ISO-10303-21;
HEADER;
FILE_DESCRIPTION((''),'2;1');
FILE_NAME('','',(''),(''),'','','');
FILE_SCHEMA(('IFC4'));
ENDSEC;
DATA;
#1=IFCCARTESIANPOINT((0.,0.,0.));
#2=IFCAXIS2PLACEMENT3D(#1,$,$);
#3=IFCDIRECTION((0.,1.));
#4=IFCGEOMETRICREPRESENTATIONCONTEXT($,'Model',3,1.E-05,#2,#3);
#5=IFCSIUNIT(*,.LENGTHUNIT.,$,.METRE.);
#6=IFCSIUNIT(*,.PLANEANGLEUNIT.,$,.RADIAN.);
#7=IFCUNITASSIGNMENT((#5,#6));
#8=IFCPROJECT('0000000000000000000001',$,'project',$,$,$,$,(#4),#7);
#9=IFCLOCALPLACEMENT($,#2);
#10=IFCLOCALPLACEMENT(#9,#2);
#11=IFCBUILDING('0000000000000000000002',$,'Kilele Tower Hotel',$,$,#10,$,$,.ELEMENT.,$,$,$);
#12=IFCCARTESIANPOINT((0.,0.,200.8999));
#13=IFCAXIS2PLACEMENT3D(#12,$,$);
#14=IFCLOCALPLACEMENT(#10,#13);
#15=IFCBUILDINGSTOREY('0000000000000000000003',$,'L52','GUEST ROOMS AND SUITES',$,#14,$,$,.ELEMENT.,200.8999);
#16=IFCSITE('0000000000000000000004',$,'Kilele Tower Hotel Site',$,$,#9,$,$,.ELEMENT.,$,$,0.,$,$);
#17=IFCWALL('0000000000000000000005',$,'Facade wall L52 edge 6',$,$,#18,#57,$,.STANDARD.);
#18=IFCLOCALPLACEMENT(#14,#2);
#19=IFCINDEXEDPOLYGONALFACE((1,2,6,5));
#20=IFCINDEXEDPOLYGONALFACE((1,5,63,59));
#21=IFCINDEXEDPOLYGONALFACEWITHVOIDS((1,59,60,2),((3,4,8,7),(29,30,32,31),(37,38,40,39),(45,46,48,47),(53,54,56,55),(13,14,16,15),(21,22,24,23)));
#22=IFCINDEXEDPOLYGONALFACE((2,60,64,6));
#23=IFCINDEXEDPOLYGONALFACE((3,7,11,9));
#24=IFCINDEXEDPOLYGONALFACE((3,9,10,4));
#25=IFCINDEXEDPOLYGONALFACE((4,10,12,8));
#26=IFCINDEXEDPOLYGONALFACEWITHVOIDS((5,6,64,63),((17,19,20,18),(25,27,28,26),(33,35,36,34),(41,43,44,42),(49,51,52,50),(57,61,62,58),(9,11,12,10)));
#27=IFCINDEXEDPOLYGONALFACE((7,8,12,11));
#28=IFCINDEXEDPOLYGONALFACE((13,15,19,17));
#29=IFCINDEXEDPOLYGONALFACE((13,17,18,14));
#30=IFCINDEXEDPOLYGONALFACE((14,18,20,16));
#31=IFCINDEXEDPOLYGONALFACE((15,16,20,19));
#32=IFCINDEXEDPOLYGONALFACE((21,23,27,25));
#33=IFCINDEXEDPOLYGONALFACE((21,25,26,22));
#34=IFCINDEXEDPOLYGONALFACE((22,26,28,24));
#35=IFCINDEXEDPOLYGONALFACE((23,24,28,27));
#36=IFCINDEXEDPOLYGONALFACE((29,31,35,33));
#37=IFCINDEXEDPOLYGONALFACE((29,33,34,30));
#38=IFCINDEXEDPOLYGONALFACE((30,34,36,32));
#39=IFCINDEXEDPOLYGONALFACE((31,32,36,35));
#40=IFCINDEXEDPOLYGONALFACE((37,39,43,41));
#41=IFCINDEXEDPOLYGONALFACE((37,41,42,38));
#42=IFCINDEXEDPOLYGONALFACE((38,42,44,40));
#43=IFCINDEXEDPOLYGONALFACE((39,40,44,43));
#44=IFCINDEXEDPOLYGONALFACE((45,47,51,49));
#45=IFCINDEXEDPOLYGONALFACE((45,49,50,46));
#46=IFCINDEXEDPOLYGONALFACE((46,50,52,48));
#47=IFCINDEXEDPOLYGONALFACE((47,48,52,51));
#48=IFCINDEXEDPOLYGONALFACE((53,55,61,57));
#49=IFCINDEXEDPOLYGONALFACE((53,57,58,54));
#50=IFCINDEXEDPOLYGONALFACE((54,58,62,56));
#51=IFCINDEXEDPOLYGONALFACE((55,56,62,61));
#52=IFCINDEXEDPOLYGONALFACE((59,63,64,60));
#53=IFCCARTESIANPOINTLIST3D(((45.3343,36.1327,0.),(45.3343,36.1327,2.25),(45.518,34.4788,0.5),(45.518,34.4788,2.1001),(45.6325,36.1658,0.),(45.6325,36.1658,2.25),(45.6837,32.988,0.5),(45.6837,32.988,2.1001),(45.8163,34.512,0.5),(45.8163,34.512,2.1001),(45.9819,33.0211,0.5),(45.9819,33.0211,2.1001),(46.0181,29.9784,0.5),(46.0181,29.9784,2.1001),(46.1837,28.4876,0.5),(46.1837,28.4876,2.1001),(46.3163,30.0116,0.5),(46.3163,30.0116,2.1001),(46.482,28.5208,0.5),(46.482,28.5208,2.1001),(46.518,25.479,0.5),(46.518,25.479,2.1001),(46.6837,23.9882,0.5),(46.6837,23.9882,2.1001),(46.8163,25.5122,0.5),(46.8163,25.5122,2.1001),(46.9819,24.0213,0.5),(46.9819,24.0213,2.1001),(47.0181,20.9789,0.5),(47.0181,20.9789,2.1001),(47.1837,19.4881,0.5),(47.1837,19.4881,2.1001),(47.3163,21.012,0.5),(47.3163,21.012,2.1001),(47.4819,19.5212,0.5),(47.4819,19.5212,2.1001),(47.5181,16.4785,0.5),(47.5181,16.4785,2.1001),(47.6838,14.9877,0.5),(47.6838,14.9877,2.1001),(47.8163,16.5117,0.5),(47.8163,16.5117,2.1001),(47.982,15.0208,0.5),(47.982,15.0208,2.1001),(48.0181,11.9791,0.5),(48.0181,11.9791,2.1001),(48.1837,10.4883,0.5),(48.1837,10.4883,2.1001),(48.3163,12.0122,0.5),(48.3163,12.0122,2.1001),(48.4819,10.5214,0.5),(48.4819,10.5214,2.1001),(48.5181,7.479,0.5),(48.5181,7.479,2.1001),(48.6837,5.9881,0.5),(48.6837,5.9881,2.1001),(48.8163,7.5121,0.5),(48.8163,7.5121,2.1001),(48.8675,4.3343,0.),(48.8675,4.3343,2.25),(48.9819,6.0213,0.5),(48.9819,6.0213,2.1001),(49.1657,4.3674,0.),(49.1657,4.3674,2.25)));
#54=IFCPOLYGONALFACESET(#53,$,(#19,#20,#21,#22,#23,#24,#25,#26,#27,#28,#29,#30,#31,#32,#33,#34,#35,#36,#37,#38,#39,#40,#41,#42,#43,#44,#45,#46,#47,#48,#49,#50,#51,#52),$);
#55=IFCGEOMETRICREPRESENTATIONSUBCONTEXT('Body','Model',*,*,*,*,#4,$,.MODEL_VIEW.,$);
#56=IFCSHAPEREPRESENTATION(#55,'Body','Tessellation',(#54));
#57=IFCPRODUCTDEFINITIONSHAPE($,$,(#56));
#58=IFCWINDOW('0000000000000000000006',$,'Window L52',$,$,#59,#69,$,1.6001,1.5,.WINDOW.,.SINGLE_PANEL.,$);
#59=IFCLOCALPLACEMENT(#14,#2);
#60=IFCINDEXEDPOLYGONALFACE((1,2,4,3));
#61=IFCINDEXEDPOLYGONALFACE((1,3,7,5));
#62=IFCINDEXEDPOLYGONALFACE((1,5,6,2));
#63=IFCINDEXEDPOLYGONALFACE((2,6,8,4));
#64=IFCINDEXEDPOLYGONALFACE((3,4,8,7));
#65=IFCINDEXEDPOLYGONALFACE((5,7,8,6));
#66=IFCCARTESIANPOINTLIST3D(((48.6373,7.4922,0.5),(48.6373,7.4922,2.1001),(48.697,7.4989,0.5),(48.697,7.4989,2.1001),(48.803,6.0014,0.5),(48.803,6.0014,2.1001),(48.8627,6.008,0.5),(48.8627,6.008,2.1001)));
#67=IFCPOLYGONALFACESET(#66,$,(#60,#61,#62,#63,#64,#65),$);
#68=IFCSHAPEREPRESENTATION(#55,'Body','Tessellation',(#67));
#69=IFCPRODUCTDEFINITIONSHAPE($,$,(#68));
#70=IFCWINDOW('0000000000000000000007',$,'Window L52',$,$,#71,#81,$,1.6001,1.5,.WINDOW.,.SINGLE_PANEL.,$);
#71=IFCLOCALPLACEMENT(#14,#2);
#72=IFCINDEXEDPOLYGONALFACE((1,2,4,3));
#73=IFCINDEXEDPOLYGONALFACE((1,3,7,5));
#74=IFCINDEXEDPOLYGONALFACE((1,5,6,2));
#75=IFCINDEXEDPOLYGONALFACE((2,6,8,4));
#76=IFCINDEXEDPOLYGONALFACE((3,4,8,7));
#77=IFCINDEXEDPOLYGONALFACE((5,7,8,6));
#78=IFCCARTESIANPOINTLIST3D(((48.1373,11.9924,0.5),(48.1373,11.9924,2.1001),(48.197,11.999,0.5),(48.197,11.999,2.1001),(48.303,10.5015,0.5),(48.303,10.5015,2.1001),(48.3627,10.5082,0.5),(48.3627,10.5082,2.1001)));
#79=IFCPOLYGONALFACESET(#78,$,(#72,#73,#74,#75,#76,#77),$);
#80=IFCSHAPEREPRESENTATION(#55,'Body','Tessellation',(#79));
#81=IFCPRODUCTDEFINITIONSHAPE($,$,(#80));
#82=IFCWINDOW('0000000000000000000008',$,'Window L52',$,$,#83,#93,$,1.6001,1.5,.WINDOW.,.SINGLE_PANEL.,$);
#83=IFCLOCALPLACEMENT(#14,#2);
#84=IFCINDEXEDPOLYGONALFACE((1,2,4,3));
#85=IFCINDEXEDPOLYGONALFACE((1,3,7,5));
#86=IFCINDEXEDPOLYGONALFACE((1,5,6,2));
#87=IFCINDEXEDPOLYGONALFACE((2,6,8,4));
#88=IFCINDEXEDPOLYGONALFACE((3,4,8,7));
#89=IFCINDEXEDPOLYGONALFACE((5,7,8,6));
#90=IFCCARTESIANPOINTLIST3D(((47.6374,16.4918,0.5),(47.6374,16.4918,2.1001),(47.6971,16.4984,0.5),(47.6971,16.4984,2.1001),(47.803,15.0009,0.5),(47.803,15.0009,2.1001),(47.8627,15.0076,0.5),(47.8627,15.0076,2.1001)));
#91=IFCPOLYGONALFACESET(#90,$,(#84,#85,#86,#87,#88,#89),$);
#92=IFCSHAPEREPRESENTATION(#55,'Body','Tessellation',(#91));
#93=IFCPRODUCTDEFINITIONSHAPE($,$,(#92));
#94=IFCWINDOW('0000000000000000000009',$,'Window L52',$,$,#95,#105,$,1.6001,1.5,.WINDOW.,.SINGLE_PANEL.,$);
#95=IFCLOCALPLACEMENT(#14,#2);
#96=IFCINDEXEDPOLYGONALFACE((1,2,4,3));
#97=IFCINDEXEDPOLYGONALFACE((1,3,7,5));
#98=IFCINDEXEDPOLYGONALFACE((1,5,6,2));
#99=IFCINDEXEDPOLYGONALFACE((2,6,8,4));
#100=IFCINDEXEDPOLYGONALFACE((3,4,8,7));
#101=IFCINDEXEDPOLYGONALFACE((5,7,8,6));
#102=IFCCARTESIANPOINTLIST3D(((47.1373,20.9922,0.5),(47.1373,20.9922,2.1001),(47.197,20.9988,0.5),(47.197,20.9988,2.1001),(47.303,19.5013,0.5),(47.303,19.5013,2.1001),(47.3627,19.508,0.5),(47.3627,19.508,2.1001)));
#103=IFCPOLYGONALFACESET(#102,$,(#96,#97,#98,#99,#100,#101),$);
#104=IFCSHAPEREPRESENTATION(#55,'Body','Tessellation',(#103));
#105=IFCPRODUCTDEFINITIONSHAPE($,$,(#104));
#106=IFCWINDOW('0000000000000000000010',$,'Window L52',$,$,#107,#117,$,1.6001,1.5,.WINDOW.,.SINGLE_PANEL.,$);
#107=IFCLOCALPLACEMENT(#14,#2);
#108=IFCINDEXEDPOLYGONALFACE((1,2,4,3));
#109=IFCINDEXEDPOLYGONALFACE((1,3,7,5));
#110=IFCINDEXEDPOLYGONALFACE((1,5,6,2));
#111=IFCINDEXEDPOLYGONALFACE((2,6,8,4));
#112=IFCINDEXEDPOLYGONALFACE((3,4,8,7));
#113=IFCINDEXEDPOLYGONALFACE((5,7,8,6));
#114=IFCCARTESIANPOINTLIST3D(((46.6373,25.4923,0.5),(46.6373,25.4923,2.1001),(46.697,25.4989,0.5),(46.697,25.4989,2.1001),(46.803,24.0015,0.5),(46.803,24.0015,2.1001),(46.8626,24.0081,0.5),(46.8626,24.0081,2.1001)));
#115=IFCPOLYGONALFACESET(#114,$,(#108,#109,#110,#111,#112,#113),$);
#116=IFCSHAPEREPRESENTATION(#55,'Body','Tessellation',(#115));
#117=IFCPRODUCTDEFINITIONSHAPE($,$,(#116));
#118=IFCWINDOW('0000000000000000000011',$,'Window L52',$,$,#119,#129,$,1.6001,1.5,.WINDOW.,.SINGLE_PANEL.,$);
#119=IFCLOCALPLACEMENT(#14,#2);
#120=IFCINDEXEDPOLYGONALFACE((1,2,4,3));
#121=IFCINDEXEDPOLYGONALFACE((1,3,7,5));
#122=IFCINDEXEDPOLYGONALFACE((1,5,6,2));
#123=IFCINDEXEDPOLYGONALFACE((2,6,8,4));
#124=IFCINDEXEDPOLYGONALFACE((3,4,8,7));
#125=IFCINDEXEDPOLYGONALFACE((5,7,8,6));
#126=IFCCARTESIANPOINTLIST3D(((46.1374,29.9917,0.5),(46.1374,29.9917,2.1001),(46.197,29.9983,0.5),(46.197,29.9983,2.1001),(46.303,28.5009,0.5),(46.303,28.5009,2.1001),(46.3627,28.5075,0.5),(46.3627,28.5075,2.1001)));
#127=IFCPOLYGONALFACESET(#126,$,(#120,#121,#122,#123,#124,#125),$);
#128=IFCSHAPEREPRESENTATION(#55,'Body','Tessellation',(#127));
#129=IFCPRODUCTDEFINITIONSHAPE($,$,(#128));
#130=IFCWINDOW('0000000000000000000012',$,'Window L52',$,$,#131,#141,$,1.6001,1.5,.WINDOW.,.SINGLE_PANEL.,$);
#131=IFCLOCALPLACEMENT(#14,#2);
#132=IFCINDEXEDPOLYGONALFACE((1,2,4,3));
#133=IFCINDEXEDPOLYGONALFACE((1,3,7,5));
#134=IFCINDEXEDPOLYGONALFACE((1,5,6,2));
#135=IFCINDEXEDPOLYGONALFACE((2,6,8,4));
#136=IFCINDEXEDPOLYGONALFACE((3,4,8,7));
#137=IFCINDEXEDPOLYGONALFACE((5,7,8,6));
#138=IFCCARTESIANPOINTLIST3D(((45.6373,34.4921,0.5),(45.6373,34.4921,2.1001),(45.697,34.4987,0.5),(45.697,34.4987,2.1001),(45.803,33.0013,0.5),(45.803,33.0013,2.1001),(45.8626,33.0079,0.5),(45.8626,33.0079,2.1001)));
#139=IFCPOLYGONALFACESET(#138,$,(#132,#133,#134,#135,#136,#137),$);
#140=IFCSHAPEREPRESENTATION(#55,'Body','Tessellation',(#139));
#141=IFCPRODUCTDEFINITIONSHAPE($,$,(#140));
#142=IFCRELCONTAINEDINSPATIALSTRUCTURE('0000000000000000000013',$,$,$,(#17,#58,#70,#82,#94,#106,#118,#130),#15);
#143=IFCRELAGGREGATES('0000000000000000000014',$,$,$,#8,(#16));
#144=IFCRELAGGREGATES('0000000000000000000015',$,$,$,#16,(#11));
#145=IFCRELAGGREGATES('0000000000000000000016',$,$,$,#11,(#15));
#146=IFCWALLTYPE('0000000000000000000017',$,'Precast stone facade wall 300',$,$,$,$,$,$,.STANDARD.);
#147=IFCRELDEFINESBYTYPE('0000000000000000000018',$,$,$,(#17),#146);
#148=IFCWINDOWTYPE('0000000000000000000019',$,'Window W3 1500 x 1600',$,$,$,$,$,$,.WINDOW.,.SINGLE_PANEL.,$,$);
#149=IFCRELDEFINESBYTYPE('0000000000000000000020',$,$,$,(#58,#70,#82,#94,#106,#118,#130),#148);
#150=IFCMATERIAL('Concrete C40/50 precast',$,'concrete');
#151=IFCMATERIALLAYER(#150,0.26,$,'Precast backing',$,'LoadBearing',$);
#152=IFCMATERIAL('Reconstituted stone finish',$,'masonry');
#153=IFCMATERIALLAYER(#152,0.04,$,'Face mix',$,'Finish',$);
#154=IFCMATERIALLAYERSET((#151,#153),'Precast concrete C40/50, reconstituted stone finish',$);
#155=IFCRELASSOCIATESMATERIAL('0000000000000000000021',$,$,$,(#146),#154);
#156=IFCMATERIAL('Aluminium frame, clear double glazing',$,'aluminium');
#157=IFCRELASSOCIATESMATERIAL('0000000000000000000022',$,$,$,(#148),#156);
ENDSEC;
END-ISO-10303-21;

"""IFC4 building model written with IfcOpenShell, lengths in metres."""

from ifc_helpers import new_model, si_unit, direction, frame, frame_2d, origin, place, context, subcontext, project, spatial, rectangle, extrude, material, layer, layer_set, type_object, element, fill, save


model = new_model("IFC4")

# Units and contexts
model_context = context("Model", 3, precision=1e-05, world=origin(), true_north=direction((0.0, 1.0)))
body_context = subcontext(model_context, "Body", "Model", "MODEL_VIEW")
ifc_project = project(units=[si_unit("LENGTHUNIT", "METRE"), si_unit("PLANEANGLEUNIT", "RADIAN")], contexts=[model_context])

# Site, building, storey
site_placement = place(None, origin())
site = spatial("IfcSite", under=ifc_project, at=site_placement, Name="Kilele Tower Hotel Site", CompositionType="ELEMENT", RefElevation=0.0)
building_placement = place(site_placement, origin())
building = spatial("IfcBuilding", under=site, at=building_placement, Name="Kilele Tower Hotel", CompositionType="ELEMENT")
storey_placement = place(building_placement, frame((0.0, 0.0, 200.8999)))
storey = spatial("IfcBuildingStorey", under=building, at=storey_placement, Name="L52", Description="GUEST ROOMS AND SUITES", CompositionType="ELEMENT", Elevation=200.8999)

# Shared definitions
ifc_material_1 = material(Name="Concrete C40/50 precast", Category="concrete")
ifc_layer_1 = layer(ifc_material_1, 0.26, Name="Precast backing", Category="LoadBearing")
ifc_material_2 = material(Name="Reconstituted stone finish", Category="masonry")
ifc_layer_2 = layer(ifc_material_2, 0.04, Name="Face mix", Category="Finish")
ifc_layer_set_1 = layer_set([ifc_layer_1, ifc_layer_2], Name="Precast concrete C40/50, reconstituted stone finish")
wall_type_1 = type_object("IfcWallType", Name="Precast stone facade wall 300", PredefinedType="STANDARD", material=ifc_layer_set_1)
ifc_material_3 = material(Name="Aluminium frame, clear double glazing", Category="aluminium")
window_type_1 = type_object("IfcWindowType", Name="Window W3 1500 x 1600", PartitioningType="SINGLE_PANEL", PredefinedType="WINDOW", material=ifc_material_3)

# Wall, openings, windows
wall_1_placement = place(storey_placement, frame((49.0166, 4.3508, 0.0), z_axis=(0.0, 0.0, 1.0), x_axis=(-0.110433, 0.993884, 0.0)))
wall_1 = element("IfcWall", 1, at=wall_1_placement, inside=storey, type_object=wall_type_1, Name="Facade wall L52 edge 6", PredefinedType="STANDARD", context=body_context, shape_type="SweptSolid", body=[
    extrude(rectangle(XDim=31.9941, YDim=0.3, at=frame_2d((15.9971, 0.0))), origin(), (0.0, 0.0, 1.0), 2.25),
])
opening_1_placement = place(wall_1_placement, frame((1.6641, 0.0, 0.5)))
opening_1 = element("IfcOpeningElement", 2, at=opening_1_placement, cuts=wall_1, PredefinedType="OPENING", context=body_context, shape_type="SweptSolid", body=[
    extrude(rectangle(XDim=1.5, YDim=1.6001, at=frame_2d((0.75, 0.8))), frame((0.0, 0.1599, 0.0), z_axis=(0.0, -1.0, 0.0), x_axis=(1.0, 0.0, 0.0)), (0.0, 0.0, 1.0), 0.3201),
])
opening_2_placement = place(wall_1_placement, frame((6.1919, 0.0, 0.5)))
opening_2 = element("IfcOpeningElement", 3, at=opening_2_placement, cuts=wall_1, PredefinedType="OPENING", context=body_context, shape_type="SweptSolid", body=[
    extrude(rectangle(XDim=1.5, YDim=1.6001, at=frame_2d((0.75, 0.8))), frame((0.0, 0.1599, 0.0), z_axis=(0.0, -1.0, 0.0), x_axis=(1.0, 0.0, 0.0)), (0.0, 0.0, 1.0), 0.3201),
])
opening_3_placement = place(wall_1_placement, frame((10.719, 0.0, 0.5)))
opening_3 = element("IfcOpeningElement", 4, at=opening_3_placement, cuts=wall_1, PredefinedType="OPENING", context=body_context, shape_type="SweptSolid", body=[
    extrude(rectangle(XDim=1.5, YDim=1.6001, at=frame_2d((0.75, 0.8))), frame((0.0, 0.1599, 0.0), z_axis=(0.0, -1.0, 0.0), x_axis=(1.0, 0.0, 0.0)), (0.0, 0.0, 1.0), 0.3201),
])
opening_4_placement = place(wall_1_placement, frame((15.2471, 0.0, 0.5)))
opening_4 = element("IfcOpeningElement", 5, at=opening_4_placement, cuts=wall_1, PredefinedType="OPENING", context=body_context, shape_type="SweptSolid", body=[
    extrude(rectangle(XDim=1.5, YDim=1.6001, at=frame_2d((0.75, 0.8))), frame((0.0, 0.1599, 0.0), z_axis=(0.0, -1.0, 0.0), x_axis=(1.0, 0.0, 0.0)), (0.0, 0.0, 1.0), 0.3201),
])
opening_5_placement = place(wall_1_placement, frame((19.7749, 0.0, 0.5)))
opening_5 = element("IfcOpeningElement", 6, at=opening_5_placement, cuts=wall_1, PredefinedType="OPENING", context=body_context, shape_type="SweptSolid", body=[
    extrude(rectangle(XDim=1.5, YDim=1.6001, at=frame_2d((0.75, 0.8))), frame((0.0, 0.1599, 0.0), z_axis=(0.0, -1.0, 0.0), x_axis=(1.0, 0.0, 0.0)), (0.0, 0.0, 1.0), 0.3201),
])
opening_6_placement = place(wall_1_placement, frame((24.302, 0.0, 0.5)))
opening_6 = element("IfcOpeningElement", 7, at=opening_6_placement, cuts=wall_1, PredefinedType="OPENING", context=body_context, shape_type="SweptSolid", body=[
    extrude(rectangle(XDim=1.5, YDim=1.6001, at=frame_2d((0.75, 0.8))), frame((0.0, 0.1599, 0.0), z_axis=(0.0, -1.0, 0.0), x_axis=(1.0, 0.0, 0.0)), (0.0, 0.0, 1.0), 0.3201),
])
opening_7_placement = place(wall_1_placement, frame((28.8301, 0.0, 0.5)))
opening_7 = element("IfcOpeningElement", 8, at=opening_7_placement, cuts=wall_1, PredefinedType="OPENING", context=body_context, shape_type="SweptSolid", body=[
    extrude(rectangle(XDim=1.5, YDim=1.6001, at=frame_2d((0.75, 0.8))), frame((0.0, 0.1599, 0.0), z_axis=(0.0, -1.0, 0.0), x_axis=(1.0, 0.0, 0.0)), (0.0, 0.0, 1.0), 0.3201),
])
window_1_placement = place(opening_1_placement, origin())
window_1 = element("IfcWindow", 9, at=window_1_placement, inside=storey, type_object=window_type_1, Name="Window L52", OverallHeight=1.6001, OverallWidth=1.5, PartitioningType="SINGLE_PANEL", PredefinedType="WINDOW", context=body_context, shape_type="SweptSolid", body=[
    extrude(rectangle(XDim=1.5, YDim=1.6001, at=frame_2d((0.75, 0.8))), frame((0.0, 0.03, 0.0), z_axis=(0.0, -1.0, 0.0), x_axis=(1.0, 0.0, 0.0)), (0.0, 0.0, 1.0), 0.0601),
])
fill(opening_1, window_1)
window_2_placement = place(opening_2_placement, origin())
window_2 = element("IfcWindow", 10, at=window_2_placement, inside=storey, type_object=window_type_1, Name="Window L52", OverallHeight=1.6001, OverallWidth=1.5, PartitioningType="SINGLE_PANEL", PredefinedType="WINDOW", context=body_context, shape_type="SweptSolid", body=[
    extrude(rectangle(XDim=1.5, YDim=1.6001, at=frame_2d((0.75, 0.8))), frame((0.0, 0.03, 0.0), z_axis=(0.0, -1.0, 0.0), x_axis=(1.0, 0.0, 0.0)), (0.0, 0.0, 1.0), 0.0601),
])
fill(opening_2, window_2)
window_3_placement = place(opening_3_placement, origin())
window_3 = element("IfcWindow", 11, at=window_3_placement, inside=storey, type_object=window_type_1, Name="Window L52", OverallHeight=1.6001, OverallWidth=1.5, PartitioningType="SINGLE_PANEL", PredefinedType="WINDOW", context=body_context, shape_type="SweptSolid", body=[
    extrude(rectangle(XDim=1.5, YDim=1.6001, at=frame_2d((0.75, 0.8))), frame((0.0, 0.03, 0.0), z_axis=(0.0, -1.0, 0.0), x_axis=(1.0, 0.0, 0.0)), (0.0, 0.0, 1.0), 0.0601),
])
fill(opening_3, window_3)
window_4_placement = place(opening_4_placement, origin())
window_4 = element("IfcWindow", 12, at=window_4_placement, inside=storey, type_object=window_type_1, Name="Window L52", OverallHeight=1.6001, OverallWidth=1.5, PartitioningType="SINGLE_PANEL", PredefinedType="WINDOW", context=body_context, shape_type="SweptSolid", body=[
    extrude(rectangle(XDim=1.5, YDim=1.6001, at=frame_2d((0.75, 0.8))), frame((0.0, 0.03, 0.0), z_axis=(0.0, -1.0, 0.0), x_axis=(1.0, 0.0, 0.0)), (0.0, 0.0, 1.0), 0.0601),
])
fill(opening_4, window_4)
window_5_placement = place(opening_5_placement, origin())
window_5 = element("IfcWindow", 13, at=window_5_placement, inside=storey, type_object=window_type_1, Name="Window L52", OverallHeight=1.6001, OverallWidth=1.5, PartitioningType="SINGLE_PANEL", PredefinedType="WINDOW", context=body_context, shape_type="SweptSolid", body=[
    extrude(rectangle(XDim=1.5, YDim=1.6001, at=frame_2d((0.75, 0.8))), frame((0.0, 0.03, 0.0), z_axis=(0.0, -1.0, 0.0), x_axis=(1.0, 0.0, 0.0)), (0.0, 0.0, 1.0), 0.0601),
])
fill(opening_5, window_5)
window_6_placement = place(opening_6_placement, origin())
window_6 = element("IfcWindow", 14, at=window_6_placement, inside=storey, type_object=window_type_1, Name="Window L52", OverallHeight=1.6001, OverallWidth=1.5, PartitioningType="SINGLE_PANEL", PredefinedType="WINDOW", context=body_context, shape_type="SweptSolid", body=[
    extrude(rectangle(XDim=1.5, YDim=1.6001, at=frame_2d((0.75, 0.8))), frame((0.0, 0.03, 0.0), z_axis=(0.0, -1.0, 0.0), x_axis=(1.0, 0.0, 0.0)), (0.0, 0.0, 1.0), 0.0601),
])
fill(opening_6, window_6)
window_7_placement = place(opening_7_placement, origin())
window_7 = element("IfcWindow", 15, at=window_7_placement, inside=storey, type_object=window_type_1, Name="Window L52", OverallHeight=1.6001, OverallWidth=1.5, PartitioningType="SINGLE_PANEL", PredefinedType="WINDOW", context=body_context, shape_type="SweptSolid", body=[
    extrude(rectangle(XDim=1.5, YDim=1.6001, at=frame_2d((0.75, 0.8))), frame((0.0, 0.03, 0.0), z_axis=(0.0, -1.0, 0.0), x_axis=(1.0, 0.0, 0.0)), (0.0, 0.0, 1.0), 0.0601),
])
fill(opening_7, window_7)

save(model, "model.ifc")
